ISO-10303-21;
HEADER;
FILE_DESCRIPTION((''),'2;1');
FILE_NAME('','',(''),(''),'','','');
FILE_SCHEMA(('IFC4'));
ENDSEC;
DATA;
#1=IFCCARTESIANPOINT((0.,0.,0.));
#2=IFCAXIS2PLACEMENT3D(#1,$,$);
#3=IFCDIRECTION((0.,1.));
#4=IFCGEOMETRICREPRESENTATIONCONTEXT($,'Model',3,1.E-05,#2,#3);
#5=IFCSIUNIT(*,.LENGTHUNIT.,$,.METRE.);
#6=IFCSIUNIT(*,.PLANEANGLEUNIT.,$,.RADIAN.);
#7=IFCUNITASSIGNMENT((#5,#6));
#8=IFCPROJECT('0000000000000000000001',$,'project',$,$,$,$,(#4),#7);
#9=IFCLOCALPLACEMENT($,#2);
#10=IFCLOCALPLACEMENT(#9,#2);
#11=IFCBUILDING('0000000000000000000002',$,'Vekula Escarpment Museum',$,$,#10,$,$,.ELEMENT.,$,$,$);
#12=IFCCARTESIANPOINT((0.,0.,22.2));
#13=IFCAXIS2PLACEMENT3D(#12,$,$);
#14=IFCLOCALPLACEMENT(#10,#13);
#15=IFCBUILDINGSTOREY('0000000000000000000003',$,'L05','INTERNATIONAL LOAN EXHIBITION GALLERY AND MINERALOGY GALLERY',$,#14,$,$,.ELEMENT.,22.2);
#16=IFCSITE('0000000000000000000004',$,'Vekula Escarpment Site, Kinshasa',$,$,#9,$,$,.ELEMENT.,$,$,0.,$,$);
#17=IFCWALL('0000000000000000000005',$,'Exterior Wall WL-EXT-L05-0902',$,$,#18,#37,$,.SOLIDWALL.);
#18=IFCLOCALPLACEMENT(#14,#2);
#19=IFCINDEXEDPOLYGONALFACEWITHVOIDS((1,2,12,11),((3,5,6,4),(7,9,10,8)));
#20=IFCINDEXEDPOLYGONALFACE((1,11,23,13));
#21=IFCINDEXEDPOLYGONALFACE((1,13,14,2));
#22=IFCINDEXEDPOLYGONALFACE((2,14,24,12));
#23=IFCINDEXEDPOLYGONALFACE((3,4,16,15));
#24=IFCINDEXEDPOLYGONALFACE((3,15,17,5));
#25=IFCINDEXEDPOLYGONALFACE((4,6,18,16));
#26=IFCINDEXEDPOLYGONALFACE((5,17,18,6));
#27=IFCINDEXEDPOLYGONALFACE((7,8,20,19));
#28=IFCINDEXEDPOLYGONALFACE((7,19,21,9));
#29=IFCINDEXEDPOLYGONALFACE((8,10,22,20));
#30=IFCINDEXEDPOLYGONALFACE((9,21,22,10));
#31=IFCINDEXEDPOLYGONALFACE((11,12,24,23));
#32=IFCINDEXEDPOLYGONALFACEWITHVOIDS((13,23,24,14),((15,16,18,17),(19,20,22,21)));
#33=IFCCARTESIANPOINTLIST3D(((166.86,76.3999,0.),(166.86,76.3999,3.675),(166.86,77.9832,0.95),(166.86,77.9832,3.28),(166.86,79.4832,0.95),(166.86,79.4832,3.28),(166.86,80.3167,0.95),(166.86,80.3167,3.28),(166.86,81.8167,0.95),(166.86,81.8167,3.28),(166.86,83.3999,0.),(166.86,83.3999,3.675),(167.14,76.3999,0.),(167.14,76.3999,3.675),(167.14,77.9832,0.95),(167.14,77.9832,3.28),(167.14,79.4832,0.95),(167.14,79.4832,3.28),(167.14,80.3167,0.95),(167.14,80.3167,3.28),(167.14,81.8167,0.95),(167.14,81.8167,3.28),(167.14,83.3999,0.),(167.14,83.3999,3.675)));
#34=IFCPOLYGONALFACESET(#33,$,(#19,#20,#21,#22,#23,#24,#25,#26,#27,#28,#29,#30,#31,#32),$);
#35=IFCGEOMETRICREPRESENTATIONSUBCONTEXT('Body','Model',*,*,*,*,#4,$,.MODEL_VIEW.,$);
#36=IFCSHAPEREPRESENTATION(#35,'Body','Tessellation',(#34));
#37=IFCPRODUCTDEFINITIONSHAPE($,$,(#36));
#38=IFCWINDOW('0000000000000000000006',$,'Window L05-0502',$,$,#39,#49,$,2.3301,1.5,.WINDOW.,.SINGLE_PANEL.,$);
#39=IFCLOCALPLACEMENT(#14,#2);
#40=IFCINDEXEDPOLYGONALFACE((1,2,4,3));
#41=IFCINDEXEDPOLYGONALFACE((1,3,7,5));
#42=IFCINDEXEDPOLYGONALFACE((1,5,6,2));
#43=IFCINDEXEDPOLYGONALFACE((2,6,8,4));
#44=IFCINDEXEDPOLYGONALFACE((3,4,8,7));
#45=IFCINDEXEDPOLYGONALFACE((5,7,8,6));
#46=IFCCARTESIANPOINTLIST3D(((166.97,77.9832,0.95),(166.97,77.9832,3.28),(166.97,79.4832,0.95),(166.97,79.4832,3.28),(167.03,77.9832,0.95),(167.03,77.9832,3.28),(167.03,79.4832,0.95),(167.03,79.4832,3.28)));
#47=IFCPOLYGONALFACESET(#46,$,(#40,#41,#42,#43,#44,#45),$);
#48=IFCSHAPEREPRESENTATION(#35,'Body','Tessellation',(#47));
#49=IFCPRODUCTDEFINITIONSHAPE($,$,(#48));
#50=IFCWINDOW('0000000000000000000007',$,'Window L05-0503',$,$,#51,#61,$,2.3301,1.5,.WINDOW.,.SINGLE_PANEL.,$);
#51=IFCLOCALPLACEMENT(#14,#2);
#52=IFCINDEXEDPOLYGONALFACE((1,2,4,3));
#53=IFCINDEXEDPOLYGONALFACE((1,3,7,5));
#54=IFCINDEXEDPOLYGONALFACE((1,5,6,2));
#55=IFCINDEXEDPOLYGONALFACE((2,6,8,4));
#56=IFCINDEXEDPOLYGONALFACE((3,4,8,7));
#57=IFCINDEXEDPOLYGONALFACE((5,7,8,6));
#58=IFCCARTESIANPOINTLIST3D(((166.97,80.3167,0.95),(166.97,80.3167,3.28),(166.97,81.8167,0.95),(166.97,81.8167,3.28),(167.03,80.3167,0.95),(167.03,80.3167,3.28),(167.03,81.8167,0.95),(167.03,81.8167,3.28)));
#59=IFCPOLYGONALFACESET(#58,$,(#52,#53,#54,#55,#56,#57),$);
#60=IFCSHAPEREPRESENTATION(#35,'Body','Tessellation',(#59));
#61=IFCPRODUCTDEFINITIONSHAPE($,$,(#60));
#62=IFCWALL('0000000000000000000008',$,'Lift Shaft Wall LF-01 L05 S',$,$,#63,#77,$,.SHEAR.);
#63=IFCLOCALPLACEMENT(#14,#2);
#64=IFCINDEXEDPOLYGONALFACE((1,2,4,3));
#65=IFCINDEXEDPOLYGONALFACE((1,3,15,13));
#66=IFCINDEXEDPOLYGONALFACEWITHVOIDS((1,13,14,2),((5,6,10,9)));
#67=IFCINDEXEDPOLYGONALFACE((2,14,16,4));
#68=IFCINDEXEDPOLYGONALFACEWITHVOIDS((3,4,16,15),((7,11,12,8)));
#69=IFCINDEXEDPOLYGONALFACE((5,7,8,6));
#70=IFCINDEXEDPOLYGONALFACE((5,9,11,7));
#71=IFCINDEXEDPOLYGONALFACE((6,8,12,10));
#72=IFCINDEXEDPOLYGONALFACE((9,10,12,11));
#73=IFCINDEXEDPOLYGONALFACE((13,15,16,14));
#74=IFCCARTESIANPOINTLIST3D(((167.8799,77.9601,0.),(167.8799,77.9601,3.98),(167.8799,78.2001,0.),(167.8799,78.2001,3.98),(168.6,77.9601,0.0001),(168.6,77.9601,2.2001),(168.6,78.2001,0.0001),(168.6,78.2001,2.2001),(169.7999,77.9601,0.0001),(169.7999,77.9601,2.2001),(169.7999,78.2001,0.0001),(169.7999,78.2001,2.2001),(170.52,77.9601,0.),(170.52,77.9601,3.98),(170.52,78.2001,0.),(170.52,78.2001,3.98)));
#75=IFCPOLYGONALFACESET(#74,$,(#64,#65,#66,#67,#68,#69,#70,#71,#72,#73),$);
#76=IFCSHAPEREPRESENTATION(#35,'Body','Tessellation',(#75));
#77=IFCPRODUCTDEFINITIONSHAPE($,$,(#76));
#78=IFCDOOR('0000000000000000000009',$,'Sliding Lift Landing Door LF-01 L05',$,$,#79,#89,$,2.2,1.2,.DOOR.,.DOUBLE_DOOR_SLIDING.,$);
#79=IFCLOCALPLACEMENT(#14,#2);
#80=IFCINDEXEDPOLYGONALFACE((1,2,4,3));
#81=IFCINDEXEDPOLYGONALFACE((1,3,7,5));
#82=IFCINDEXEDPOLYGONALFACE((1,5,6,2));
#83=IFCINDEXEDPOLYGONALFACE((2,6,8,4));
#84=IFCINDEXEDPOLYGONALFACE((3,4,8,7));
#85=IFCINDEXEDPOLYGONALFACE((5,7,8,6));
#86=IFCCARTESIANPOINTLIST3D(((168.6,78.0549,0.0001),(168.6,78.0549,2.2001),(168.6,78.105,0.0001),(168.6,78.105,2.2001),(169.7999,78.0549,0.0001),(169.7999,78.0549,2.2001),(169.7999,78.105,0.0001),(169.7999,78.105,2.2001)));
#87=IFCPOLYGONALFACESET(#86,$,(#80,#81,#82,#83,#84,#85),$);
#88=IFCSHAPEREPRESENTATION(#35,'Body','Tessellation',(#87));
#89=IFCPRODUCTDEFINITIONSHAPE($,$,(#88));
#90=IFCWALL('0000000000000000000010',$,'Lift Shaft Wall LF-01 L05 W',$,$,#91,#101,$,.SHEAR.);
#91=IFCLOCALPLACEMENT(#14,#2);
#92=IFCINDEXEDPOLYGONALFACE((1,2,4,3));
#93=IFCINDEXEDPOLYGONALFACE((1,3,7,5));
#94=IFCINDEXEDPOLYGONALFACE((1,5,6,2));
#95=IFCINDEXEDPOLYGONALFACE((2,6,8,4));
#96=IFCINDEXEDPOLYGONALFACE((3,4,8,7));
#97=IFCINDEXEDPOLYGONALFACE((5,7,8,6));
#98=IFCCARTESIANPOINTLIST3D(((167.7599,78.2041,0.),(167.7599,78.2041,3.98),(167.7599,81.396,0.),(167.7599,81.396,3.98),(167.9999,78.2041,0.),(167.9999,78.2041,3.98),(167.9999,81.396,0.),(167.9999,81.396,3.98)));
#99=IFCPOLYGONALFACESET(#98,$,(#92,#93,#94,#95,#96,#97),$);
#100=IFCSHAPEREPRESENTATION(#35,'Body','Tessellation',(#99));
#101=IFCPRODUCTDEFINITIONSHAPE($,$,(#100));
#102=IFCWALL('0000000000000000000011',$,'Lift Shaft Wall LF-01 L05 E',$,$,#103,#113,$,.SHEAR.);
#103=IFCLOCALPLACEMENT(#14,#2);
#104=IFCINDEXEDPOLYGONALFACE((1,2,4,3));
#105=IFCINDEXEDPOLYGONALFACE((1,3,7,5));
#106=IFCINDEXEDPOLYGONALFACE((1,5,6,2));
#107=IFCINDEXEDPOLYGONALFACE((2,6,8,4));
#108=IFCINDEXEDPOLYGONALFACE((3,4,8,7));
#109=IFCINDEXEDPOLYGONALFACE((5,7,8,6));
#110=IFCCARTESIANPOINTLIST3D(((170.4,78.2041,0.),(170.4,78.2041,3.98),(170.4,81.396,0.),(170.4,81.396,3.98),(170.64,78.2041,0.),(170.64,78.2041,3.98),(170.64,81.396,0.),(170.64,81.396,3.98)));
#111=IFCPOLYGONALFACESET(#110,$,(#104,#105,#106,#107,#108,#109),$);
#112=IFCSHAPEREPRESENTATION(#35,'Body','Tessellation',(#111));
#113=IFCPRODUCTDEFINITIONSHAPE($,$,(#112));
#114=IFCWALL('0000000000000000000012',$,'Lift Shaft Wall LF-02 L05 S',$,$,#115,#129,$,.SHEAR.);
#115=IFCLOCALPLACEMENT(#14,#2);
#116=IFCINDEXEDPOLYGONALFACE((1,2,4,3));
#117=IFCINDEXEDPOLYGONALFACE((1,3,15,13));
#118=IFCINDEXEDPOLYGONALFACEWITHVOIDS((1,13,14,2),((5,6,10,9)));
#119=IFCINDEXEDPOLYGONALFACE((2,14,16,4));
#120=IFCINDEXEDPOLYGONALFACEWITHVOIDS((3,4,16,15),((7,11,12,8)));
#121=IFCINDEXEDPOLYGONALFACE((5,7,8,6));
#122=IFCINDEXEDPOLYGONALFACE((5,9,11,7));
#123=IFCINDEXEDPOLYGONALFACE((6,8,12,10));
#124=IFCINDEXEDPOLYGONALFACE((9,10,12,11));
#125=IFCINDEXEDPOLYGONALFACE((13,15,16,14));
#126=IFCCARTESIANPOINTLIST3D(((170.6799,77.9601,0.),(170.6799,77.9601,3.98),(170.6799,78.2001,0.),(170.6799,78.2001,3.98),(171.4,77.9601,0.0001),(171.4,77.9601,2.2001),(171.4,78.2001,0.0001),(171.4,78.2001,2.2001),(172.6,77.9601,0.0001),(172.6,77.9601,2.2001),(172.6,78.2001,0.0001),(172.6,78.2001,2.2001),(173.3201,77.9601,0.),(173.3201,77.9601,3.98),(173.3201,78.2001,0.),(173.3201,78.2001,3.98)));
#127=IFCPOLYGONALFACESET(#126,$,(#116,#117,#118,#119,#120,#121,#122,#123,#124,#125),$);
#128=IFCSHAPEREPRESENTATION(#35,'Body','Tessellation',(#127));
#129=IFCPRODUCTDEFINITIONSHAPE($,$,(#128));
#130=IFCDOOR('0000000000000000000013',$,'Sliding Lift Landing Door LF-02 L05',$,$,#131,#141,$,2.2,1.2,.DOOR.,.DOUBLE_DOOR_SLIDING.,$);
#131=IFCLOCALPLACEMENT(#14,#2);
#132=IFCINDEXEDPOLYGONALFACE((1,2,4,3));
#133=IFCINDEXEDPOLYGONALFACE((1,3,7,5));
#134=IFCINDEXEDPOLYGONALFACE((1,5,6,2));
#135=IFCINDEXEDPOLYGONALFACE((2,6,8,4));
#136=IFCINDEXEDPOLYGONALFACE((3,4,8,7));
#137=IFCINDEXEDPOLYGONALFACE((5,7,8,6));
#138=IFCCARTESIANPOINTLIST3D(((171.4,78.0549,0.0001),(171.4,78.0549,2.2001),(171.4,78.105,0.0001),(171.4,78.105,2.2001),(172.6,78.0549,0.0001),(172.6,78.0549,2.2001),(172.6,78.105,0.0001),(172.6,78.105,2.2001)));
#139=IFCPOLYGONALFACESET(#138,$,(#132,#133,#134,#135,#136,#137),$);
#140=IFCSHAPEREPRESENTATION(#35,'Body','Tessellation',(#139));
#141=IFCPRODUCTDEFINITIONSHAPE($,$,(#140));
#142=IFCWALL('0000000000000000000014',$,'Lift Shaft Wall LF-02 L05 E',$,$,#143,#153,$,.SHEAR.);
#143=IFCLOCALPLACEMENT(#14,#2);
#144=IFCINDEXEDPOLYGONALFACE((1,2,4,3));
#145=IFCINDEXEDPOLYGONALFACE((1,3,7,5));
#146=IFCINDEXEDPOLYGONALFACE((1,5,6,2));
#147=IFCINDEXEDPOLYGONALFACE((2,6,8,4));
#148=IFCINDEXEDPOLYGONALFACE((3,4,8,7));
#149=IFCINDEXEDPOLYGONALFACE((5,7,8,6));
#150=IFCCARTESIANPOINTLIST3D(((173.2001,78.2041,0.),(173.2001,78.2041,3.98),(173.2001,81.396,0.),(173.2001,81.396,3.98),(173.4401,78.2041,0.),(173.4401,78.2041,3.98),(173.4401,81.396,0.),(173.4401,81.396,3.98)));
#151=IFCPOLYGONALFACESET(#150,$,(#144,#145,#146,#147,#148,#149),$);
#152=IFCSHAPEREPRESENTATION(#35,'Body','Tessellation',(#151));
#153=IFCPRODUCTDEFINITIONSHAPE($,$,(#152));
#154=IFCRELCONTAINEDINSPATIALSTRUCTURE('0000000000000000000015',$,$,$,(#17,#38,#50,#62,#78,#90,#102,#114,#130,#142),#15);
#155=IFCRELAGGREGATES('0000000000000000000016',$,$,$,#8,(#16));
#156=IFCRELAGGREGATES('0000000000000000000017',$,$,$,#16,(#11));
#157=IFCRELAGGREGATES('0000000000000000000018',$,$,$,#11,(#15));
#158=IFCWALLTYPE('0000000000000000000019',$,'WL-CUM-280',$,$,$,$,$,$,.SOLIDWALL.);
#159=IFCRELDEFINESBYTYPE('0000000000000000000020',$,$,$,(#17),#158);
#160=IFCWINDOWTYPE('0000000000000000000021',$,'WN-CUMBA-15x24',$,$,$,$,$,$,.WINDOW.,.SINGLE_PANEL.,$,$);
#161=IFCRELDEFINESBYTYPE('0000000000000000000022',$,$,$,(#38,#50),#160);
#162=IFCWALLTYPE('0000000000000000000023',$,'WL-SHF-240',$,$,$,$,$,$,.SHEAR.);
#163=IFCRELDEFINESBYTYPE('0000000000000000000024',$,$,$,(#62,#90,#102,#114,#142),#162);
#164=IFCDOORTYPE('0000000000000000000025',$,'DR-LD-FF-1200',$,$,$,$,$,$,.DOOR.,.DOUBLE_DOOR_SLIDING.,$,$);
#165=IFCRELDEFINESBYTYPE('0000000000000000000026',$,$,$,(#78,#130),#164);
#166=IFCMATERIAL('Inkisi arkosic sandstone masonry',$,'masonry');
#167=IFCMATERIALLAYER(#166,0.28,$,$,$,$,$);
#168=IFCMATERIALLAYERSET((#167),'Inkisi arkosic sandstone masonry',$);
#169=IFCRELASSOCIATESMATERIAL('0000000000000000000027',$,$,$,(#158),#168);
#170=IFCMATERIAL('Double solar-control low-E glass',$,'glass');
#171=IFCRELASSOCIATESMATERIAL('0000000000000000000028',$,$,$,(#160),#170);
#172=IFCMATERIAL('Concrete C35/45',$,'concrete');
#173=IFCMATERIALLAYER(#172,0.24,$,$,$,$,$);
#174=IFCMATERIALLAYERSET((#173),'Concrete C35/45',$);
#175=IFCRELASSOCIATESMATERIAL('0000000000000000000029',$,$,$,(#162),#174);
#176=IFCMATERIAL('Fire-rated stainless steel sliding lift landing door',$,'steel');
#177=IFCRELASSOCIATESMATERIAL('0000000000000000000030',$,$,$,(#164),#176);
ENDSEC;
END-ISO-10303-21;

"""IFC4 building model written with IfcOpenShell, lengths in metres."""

from ifc_helpers import new_model, si_unit, direction, frame, frame_2d, origin, place, context, subcontext, project, spatial, rectangle, extrude, material, layer, layer_set, type_object, element, fill, save


model = new_model("IFC4")

# Units and contexts
model_context = context("Model", 3, precision=1e-05, world=origin(), true_north=direction((0.0, 1.0)))
body_context = subcontext(model_context, "Body", "Model", "MODEL_VIEW")
ifc_project = project(units=[si_unit("LENGTHUNIT", "METRE"), si_unit("PLANEANGLEUNIT", "RADIAN")], contexts=[model_context])

# Site, building, storey
site_placement = place(None, origin())
site = spatial("IfcSite", under=ifc_project, at=site_placement, Name="Vekula Escarpment Site, Kinshasa", CompositionType="ELEMENT", RefElevation=0.0)
building_placement = place(site_placement, origin())
building = spatial("IfcBuilding", under=site, at=building_placement, Name="Vekula Escarpment Museum", CompositionType="ELEMENT")
storey_placement = place(building_placement, frame((0.0, 0.0, 22.2)))
storey = spatial("IfcBuildingStorey", under=building, at=storey_placement, Name="L05", Description="INTERNATIONAL LOAN EXHIBITION GALLERY AND MINERALOGY GALLERY", CompositionType="ELEMENT", Elevation=22.2)

# Wall, openings, windows
ifc_material_1 = material(Name="Inkisi arkosic sandstone masonry", Category="masonry")
ifc_layer_1 = layer(ifc_material_1, 0.28)
ifc_layer_set_1 = layer_set([ifc_layer_1], Name="Inkisi arkosic sandstone masonry")
wall_type_1 = type_object("IfcWallType", Name="WL-CUM-280", PredefinedType="SOLIDWALL", material=ifc_layer_set_1)
wall_1_placement = place(storey_placement, frame((167.0, 76.3999, 0.0), z_axis=(0.0, 0.0, 1.0), x_axis=(0.0, 1.0, 0.0)))
wall_1 = element("IfcWall", 1, at=wall_1_placement, inside=storey, type_object=wall_type_1, Name="Exterior Wall WL-EXT-L05-0902", PredefinedType="SOLIDWALL", context=body_context, shape_type="SweptSolid", body=[
    extrude(rectangle(XDim=7.0, YDim=0.28, at=frame_2d((3.5, 0.0))), origin(), (0.0, 0.0, 1.0), 3.675),
])
opening_1_placement = place(wall_1_placement, frame((1.5833, 0.0, 0.95)))
opening_1 = element("IfcOpeningElement", 2, at=opening_1_placement, cuts=wall_1, PredefinedType="OPENING", context=body_context, shape_type="SweptSolid", body=[
    extrude(rectangle(XDim=1.5, YDim=2.3301, at=frame_2d((0.75, 1.165))), frame((0.0, 0.1499, 0.0), z_axis=(0.0, -1.0, 0.0), x_axis=(1.0, 0.0, 0.0)), (0.0, 0.0, 1.0), 0.3),
])
opening_2_placement = place(wall_1_placement, frame((3.9167, 0.0, 0.95)))
opening_2 = element("IfcOpeningElement", 3, at=opening_2_placement, cuts=wall_1, PredefinedType="OPENING", context=body_context, shape_type="SweptSolid", body=[
    extrude(rectangle(XDim=1.5, YDim=2.3301, at=frame_2d((0.75, 1.165))), frame((0.0, 0.1499, 0.0), z_axis=(0.0, -1.0, 0.0), x_axis=(1.0, 0.0, 0.0)), (0.0, 0.0, 1.0), 0.3),
])
ifc_material_2 = material(Name="Double solar-control low-E glass", Category="glass")
window_type = type_object("IfcWindowType", Name="WN-CUMBA-15x24", PartitioningType="SINGLE_PANEL", PredefinedType="WINDOW", material=ifc_material_2)
window_1_placement = place(opening_1_placement, origin())
window_1 = element("IfcWindow", 4, at=window_1_placement, inside=storey, type_object=window_type, Name="Window L05-0502", OverallHeight=2.3301, OverallWidth=1.5, PartitioningType="SINGLE_PANEL", PredefinedType="WINDOW", context=body_context, shape_type="SweptSolid", body=[
    extrude(rectangle(XDim=1.5, YDim=2.3301, at=frame_2d((0.75, 1.165))), frame((0.0, 0.03, 0.0), z_axis=(0.0, -1.0, 0.0), x_axis=(1.0, 0.0, 0.0)), (0.0, 0.0, 1.0), 0.0601),
])
fill(opening_1, window_1)
window_2_placement = place(opening_2_placement, origin())
window_2 = element("IfcWindow", 5, at=window_2_placement, inside=storey, type_object=window_type, Name="Window L05-0503", OverallHeight=2.3301, OverallWidth=1.5, PartitioningType="SINGLE_PANEL", PredefinedType="WINDOW", context=body_context, shape_type="SweptSolid", body=[
    extrude(rectangle(XDim=1.5, YDim=2.3301, at=frame_2d((0.75, 1.165))), frame((0.0, 0.03, 0.0), z_axis=(0.0, -1.0, 0.0), x_axis=(1.0, 0.0, 0.0)), (0.0, 0.0, 1.0), 0.0601),
])
fill(opening_2, window_2)

# Wall, opening, door
ifc_material_3 = material(Name="Concrete C35/45", Category="concrete")
ifc_layer_2 = layer(ifc_material_3, 0.24)
ifc_layer_set_2 = layer_set([ifc_layer_2], Name="Concrete C35/45")
wall_type_2 = type_object("IfcWallType", Name="WL-SHF-240", PredefinedType="SHEAR", material=ifc_layer_set_2)
wall_2_placement = place(storey_placement, frame((167.8799, 78.0801, 0.0), z_axis=(0.0, 0.0, 1.0), x_axis=(1.0, 0.0, 0.0)))
wall_2 = element("IfcWall", 6, at=wall_2_placement, inside=storey, type_object=wall_type_2, Name="Lift Shaft Wall LF-01 L05 S", PredefinedType="SHEAR", context=body_context, shape_type="SweptSolid", body=[
    extrude(rectangle(XDim=2.6401, YDim=0.24, at=frame_2d((1.3201, 0.0))), origin(), (0.0, 0.0, 1.0), 3.98),
])
opening_3_placement = place(wall_2_placement, frame((0.72, 0.0, 0.0)))
opening_3 = element("IfcOpeningElement", 7, at=opening_3_placement, cuts=wall_2, PredefinedType="OPENING", context=body_context, shape_type="SweptSolid", body=[
    extrude(rectangle(XDim=1.2, YDim=2.2, at=frame_2d((0.6001, 1.1001))), frame((0.0, 0.1299, 0.0), z_axis=(0.0, -1.0, 0.0), x_axis=(1.0, 0.0, 0.0)), (0.0, 0.0, 1.0), 0.26),
])
ifc_material_4 = material(Name="Fire-rated stainless steel sliding lift landing door", Category="steel")
door_type_1 = type_object("IfcDoorType", Name="DR-LD-FF-1200", OperationType="DOUBLE_DOOR_SLIDING", PredefinedType="DOOR", material=ifc_material_4)
door_1_placement = place(opening_3_placement, origin())
door_1 = element("IfcDoor", 8, at=door_1_placement, inside=storey, type_object=door_type_1, Name="Sliding Lift Landing Door LF-01 L05", OperationType="DOUBLE_DOOR_SLIDING", OverallHeight=2.2, OverallWidth=1.2, PredefinedType="DOOR", context=body_context, shape_type="SweptSolid", body=[
    extrude(rectangle(XDim=1.2, YDim=2.2, at=frame_2d((0.6001, 1.1001))), frame((0.0, 0.0249, 0.0), z_axis=(0.0, -1.0, 0.0), x_axis=(1.0, 0.0, 0.0)), (0.0, 0.0, 1.0), 0.05),
])
fill(opening_3, door_1)

# Walls
for number, where, z_axis, x_axis, name in (
    (9, (167.8799, 78.2041, 0.0), (0.0, 0.0, 1.0), (0.0, 1.0, 0.0), "Lift Shaft Wall LF-01 L05 W"),
    (10, (170.52, 78.2041, 0.0), (0.0, 0.0, 1.0), (0.0, 1.0, 0.0), "Lift Shaft Wall LF-01 L05 E"),
):
    element("IfcWall", number, at=place(storey_placement, frame(where, z_axis=z_axis, x_axis=x_axis)), inside=storey, type_object=wall_type_2, Name=name, PredefinedType="SHEAR", context=body_context, shape_type="SweptSolid", body=[
        extrude(rectangle(XDim=3.1919, YDim=0.24, at=frame_2d((1.5959, 0.0))), origin(), (0.0, 0.0, 1.0), 3.98),
    ])

# Wall, opening, door
wall_3_placement = place(storey_placement, frame((170.6799, 78.0801, 0.0), z_axis=(0.0, 0.0, 1.0), x_axis=(1.0, 0.0, 0.0)))
wall_3 = element("IfcWall", 11, at=wall_3_placement, inside=storey, type_object=wall_type_2, Name="Lift Shaft Wall LF-02 L05 S", PredefinedType="SHEAR", context=body_context, shape_type="SweptSolid", body=[
    extrude(rectangle(XDim=2.6401, YDim=0.24, at=frame_2d((1.3201, 0.0))), origin(), (0.0, 0.0, 1.0), 3.98),
])
opening_4_placement = place(wall_3_placement, frame((0.72, 0.0, 0.0)))
opening_4 = element("IfcOpeningElement", 12, at=opening_4_placement, cuts=wall_3, PredefinedType="OPENING", context=body_context, shape_type="SweptSolid", body=[
    extrude(rectangle(XDim=1.2, YDim=2.2, at=frame_2d((0.6001, 1.1001))), frame((0.0, 0.1299, 0.0), z_axis=(0.0, -1.0, 0.0), x_axis=(1.0, 0.0, 0.0)), (0.0, 0.0, 1.0), 0.26),
])
door_2_placement = place(opening_4_placement, origin())
door_2 = element("IfcDoor", 13, at=door_2_placement, inside=storey, type_object=door_type_1, Name="Sliding Lift Landing Door LF-02 L05", OperationType="DOUBLE_DOOR_SLIDING", OverallHeight=2.2, OverallWidth=1.2, PredefinedType="DOOR", context=body_context, shape_type="SweptSolid", body=[
    extrude(rectangle(XDim=1.2, YDim=2.2, at=frame_2d((0.6001, 1.1001))), frame((0.0, 0.0249, 0.0), z_axis=(0.0, -1.0, 0.0), x_axis=(1.0, 0.0, 0.0)), (0.0, 0.0, 1.0), 0.05),
])
fill(opening_4, door_2)

# Wall
wall_4_placement = place(storey_placement, frame((173.3201, 78.2041, 0.0), z_axis=(0.0, 0.0, 1.0), x_axis=(0.0, 1.0, 0.0)))
element("IfcWall", 14, at=wall_4_placement, inside=storey, type_object=wall_type_2, Name="Lift Shaft Wall LF-02 L05 E", PredefinedType="SHEAR", context=body_context, shape_type="SweptSolid", body=[
    extrude(rectangle(XDim=3.1919, YDim=0.24, at=frame_2d((1.5959, 0.0))), origin(), (0.0, 0.0, 1.0), 3.98),
])

save(model, "model.ifc")
